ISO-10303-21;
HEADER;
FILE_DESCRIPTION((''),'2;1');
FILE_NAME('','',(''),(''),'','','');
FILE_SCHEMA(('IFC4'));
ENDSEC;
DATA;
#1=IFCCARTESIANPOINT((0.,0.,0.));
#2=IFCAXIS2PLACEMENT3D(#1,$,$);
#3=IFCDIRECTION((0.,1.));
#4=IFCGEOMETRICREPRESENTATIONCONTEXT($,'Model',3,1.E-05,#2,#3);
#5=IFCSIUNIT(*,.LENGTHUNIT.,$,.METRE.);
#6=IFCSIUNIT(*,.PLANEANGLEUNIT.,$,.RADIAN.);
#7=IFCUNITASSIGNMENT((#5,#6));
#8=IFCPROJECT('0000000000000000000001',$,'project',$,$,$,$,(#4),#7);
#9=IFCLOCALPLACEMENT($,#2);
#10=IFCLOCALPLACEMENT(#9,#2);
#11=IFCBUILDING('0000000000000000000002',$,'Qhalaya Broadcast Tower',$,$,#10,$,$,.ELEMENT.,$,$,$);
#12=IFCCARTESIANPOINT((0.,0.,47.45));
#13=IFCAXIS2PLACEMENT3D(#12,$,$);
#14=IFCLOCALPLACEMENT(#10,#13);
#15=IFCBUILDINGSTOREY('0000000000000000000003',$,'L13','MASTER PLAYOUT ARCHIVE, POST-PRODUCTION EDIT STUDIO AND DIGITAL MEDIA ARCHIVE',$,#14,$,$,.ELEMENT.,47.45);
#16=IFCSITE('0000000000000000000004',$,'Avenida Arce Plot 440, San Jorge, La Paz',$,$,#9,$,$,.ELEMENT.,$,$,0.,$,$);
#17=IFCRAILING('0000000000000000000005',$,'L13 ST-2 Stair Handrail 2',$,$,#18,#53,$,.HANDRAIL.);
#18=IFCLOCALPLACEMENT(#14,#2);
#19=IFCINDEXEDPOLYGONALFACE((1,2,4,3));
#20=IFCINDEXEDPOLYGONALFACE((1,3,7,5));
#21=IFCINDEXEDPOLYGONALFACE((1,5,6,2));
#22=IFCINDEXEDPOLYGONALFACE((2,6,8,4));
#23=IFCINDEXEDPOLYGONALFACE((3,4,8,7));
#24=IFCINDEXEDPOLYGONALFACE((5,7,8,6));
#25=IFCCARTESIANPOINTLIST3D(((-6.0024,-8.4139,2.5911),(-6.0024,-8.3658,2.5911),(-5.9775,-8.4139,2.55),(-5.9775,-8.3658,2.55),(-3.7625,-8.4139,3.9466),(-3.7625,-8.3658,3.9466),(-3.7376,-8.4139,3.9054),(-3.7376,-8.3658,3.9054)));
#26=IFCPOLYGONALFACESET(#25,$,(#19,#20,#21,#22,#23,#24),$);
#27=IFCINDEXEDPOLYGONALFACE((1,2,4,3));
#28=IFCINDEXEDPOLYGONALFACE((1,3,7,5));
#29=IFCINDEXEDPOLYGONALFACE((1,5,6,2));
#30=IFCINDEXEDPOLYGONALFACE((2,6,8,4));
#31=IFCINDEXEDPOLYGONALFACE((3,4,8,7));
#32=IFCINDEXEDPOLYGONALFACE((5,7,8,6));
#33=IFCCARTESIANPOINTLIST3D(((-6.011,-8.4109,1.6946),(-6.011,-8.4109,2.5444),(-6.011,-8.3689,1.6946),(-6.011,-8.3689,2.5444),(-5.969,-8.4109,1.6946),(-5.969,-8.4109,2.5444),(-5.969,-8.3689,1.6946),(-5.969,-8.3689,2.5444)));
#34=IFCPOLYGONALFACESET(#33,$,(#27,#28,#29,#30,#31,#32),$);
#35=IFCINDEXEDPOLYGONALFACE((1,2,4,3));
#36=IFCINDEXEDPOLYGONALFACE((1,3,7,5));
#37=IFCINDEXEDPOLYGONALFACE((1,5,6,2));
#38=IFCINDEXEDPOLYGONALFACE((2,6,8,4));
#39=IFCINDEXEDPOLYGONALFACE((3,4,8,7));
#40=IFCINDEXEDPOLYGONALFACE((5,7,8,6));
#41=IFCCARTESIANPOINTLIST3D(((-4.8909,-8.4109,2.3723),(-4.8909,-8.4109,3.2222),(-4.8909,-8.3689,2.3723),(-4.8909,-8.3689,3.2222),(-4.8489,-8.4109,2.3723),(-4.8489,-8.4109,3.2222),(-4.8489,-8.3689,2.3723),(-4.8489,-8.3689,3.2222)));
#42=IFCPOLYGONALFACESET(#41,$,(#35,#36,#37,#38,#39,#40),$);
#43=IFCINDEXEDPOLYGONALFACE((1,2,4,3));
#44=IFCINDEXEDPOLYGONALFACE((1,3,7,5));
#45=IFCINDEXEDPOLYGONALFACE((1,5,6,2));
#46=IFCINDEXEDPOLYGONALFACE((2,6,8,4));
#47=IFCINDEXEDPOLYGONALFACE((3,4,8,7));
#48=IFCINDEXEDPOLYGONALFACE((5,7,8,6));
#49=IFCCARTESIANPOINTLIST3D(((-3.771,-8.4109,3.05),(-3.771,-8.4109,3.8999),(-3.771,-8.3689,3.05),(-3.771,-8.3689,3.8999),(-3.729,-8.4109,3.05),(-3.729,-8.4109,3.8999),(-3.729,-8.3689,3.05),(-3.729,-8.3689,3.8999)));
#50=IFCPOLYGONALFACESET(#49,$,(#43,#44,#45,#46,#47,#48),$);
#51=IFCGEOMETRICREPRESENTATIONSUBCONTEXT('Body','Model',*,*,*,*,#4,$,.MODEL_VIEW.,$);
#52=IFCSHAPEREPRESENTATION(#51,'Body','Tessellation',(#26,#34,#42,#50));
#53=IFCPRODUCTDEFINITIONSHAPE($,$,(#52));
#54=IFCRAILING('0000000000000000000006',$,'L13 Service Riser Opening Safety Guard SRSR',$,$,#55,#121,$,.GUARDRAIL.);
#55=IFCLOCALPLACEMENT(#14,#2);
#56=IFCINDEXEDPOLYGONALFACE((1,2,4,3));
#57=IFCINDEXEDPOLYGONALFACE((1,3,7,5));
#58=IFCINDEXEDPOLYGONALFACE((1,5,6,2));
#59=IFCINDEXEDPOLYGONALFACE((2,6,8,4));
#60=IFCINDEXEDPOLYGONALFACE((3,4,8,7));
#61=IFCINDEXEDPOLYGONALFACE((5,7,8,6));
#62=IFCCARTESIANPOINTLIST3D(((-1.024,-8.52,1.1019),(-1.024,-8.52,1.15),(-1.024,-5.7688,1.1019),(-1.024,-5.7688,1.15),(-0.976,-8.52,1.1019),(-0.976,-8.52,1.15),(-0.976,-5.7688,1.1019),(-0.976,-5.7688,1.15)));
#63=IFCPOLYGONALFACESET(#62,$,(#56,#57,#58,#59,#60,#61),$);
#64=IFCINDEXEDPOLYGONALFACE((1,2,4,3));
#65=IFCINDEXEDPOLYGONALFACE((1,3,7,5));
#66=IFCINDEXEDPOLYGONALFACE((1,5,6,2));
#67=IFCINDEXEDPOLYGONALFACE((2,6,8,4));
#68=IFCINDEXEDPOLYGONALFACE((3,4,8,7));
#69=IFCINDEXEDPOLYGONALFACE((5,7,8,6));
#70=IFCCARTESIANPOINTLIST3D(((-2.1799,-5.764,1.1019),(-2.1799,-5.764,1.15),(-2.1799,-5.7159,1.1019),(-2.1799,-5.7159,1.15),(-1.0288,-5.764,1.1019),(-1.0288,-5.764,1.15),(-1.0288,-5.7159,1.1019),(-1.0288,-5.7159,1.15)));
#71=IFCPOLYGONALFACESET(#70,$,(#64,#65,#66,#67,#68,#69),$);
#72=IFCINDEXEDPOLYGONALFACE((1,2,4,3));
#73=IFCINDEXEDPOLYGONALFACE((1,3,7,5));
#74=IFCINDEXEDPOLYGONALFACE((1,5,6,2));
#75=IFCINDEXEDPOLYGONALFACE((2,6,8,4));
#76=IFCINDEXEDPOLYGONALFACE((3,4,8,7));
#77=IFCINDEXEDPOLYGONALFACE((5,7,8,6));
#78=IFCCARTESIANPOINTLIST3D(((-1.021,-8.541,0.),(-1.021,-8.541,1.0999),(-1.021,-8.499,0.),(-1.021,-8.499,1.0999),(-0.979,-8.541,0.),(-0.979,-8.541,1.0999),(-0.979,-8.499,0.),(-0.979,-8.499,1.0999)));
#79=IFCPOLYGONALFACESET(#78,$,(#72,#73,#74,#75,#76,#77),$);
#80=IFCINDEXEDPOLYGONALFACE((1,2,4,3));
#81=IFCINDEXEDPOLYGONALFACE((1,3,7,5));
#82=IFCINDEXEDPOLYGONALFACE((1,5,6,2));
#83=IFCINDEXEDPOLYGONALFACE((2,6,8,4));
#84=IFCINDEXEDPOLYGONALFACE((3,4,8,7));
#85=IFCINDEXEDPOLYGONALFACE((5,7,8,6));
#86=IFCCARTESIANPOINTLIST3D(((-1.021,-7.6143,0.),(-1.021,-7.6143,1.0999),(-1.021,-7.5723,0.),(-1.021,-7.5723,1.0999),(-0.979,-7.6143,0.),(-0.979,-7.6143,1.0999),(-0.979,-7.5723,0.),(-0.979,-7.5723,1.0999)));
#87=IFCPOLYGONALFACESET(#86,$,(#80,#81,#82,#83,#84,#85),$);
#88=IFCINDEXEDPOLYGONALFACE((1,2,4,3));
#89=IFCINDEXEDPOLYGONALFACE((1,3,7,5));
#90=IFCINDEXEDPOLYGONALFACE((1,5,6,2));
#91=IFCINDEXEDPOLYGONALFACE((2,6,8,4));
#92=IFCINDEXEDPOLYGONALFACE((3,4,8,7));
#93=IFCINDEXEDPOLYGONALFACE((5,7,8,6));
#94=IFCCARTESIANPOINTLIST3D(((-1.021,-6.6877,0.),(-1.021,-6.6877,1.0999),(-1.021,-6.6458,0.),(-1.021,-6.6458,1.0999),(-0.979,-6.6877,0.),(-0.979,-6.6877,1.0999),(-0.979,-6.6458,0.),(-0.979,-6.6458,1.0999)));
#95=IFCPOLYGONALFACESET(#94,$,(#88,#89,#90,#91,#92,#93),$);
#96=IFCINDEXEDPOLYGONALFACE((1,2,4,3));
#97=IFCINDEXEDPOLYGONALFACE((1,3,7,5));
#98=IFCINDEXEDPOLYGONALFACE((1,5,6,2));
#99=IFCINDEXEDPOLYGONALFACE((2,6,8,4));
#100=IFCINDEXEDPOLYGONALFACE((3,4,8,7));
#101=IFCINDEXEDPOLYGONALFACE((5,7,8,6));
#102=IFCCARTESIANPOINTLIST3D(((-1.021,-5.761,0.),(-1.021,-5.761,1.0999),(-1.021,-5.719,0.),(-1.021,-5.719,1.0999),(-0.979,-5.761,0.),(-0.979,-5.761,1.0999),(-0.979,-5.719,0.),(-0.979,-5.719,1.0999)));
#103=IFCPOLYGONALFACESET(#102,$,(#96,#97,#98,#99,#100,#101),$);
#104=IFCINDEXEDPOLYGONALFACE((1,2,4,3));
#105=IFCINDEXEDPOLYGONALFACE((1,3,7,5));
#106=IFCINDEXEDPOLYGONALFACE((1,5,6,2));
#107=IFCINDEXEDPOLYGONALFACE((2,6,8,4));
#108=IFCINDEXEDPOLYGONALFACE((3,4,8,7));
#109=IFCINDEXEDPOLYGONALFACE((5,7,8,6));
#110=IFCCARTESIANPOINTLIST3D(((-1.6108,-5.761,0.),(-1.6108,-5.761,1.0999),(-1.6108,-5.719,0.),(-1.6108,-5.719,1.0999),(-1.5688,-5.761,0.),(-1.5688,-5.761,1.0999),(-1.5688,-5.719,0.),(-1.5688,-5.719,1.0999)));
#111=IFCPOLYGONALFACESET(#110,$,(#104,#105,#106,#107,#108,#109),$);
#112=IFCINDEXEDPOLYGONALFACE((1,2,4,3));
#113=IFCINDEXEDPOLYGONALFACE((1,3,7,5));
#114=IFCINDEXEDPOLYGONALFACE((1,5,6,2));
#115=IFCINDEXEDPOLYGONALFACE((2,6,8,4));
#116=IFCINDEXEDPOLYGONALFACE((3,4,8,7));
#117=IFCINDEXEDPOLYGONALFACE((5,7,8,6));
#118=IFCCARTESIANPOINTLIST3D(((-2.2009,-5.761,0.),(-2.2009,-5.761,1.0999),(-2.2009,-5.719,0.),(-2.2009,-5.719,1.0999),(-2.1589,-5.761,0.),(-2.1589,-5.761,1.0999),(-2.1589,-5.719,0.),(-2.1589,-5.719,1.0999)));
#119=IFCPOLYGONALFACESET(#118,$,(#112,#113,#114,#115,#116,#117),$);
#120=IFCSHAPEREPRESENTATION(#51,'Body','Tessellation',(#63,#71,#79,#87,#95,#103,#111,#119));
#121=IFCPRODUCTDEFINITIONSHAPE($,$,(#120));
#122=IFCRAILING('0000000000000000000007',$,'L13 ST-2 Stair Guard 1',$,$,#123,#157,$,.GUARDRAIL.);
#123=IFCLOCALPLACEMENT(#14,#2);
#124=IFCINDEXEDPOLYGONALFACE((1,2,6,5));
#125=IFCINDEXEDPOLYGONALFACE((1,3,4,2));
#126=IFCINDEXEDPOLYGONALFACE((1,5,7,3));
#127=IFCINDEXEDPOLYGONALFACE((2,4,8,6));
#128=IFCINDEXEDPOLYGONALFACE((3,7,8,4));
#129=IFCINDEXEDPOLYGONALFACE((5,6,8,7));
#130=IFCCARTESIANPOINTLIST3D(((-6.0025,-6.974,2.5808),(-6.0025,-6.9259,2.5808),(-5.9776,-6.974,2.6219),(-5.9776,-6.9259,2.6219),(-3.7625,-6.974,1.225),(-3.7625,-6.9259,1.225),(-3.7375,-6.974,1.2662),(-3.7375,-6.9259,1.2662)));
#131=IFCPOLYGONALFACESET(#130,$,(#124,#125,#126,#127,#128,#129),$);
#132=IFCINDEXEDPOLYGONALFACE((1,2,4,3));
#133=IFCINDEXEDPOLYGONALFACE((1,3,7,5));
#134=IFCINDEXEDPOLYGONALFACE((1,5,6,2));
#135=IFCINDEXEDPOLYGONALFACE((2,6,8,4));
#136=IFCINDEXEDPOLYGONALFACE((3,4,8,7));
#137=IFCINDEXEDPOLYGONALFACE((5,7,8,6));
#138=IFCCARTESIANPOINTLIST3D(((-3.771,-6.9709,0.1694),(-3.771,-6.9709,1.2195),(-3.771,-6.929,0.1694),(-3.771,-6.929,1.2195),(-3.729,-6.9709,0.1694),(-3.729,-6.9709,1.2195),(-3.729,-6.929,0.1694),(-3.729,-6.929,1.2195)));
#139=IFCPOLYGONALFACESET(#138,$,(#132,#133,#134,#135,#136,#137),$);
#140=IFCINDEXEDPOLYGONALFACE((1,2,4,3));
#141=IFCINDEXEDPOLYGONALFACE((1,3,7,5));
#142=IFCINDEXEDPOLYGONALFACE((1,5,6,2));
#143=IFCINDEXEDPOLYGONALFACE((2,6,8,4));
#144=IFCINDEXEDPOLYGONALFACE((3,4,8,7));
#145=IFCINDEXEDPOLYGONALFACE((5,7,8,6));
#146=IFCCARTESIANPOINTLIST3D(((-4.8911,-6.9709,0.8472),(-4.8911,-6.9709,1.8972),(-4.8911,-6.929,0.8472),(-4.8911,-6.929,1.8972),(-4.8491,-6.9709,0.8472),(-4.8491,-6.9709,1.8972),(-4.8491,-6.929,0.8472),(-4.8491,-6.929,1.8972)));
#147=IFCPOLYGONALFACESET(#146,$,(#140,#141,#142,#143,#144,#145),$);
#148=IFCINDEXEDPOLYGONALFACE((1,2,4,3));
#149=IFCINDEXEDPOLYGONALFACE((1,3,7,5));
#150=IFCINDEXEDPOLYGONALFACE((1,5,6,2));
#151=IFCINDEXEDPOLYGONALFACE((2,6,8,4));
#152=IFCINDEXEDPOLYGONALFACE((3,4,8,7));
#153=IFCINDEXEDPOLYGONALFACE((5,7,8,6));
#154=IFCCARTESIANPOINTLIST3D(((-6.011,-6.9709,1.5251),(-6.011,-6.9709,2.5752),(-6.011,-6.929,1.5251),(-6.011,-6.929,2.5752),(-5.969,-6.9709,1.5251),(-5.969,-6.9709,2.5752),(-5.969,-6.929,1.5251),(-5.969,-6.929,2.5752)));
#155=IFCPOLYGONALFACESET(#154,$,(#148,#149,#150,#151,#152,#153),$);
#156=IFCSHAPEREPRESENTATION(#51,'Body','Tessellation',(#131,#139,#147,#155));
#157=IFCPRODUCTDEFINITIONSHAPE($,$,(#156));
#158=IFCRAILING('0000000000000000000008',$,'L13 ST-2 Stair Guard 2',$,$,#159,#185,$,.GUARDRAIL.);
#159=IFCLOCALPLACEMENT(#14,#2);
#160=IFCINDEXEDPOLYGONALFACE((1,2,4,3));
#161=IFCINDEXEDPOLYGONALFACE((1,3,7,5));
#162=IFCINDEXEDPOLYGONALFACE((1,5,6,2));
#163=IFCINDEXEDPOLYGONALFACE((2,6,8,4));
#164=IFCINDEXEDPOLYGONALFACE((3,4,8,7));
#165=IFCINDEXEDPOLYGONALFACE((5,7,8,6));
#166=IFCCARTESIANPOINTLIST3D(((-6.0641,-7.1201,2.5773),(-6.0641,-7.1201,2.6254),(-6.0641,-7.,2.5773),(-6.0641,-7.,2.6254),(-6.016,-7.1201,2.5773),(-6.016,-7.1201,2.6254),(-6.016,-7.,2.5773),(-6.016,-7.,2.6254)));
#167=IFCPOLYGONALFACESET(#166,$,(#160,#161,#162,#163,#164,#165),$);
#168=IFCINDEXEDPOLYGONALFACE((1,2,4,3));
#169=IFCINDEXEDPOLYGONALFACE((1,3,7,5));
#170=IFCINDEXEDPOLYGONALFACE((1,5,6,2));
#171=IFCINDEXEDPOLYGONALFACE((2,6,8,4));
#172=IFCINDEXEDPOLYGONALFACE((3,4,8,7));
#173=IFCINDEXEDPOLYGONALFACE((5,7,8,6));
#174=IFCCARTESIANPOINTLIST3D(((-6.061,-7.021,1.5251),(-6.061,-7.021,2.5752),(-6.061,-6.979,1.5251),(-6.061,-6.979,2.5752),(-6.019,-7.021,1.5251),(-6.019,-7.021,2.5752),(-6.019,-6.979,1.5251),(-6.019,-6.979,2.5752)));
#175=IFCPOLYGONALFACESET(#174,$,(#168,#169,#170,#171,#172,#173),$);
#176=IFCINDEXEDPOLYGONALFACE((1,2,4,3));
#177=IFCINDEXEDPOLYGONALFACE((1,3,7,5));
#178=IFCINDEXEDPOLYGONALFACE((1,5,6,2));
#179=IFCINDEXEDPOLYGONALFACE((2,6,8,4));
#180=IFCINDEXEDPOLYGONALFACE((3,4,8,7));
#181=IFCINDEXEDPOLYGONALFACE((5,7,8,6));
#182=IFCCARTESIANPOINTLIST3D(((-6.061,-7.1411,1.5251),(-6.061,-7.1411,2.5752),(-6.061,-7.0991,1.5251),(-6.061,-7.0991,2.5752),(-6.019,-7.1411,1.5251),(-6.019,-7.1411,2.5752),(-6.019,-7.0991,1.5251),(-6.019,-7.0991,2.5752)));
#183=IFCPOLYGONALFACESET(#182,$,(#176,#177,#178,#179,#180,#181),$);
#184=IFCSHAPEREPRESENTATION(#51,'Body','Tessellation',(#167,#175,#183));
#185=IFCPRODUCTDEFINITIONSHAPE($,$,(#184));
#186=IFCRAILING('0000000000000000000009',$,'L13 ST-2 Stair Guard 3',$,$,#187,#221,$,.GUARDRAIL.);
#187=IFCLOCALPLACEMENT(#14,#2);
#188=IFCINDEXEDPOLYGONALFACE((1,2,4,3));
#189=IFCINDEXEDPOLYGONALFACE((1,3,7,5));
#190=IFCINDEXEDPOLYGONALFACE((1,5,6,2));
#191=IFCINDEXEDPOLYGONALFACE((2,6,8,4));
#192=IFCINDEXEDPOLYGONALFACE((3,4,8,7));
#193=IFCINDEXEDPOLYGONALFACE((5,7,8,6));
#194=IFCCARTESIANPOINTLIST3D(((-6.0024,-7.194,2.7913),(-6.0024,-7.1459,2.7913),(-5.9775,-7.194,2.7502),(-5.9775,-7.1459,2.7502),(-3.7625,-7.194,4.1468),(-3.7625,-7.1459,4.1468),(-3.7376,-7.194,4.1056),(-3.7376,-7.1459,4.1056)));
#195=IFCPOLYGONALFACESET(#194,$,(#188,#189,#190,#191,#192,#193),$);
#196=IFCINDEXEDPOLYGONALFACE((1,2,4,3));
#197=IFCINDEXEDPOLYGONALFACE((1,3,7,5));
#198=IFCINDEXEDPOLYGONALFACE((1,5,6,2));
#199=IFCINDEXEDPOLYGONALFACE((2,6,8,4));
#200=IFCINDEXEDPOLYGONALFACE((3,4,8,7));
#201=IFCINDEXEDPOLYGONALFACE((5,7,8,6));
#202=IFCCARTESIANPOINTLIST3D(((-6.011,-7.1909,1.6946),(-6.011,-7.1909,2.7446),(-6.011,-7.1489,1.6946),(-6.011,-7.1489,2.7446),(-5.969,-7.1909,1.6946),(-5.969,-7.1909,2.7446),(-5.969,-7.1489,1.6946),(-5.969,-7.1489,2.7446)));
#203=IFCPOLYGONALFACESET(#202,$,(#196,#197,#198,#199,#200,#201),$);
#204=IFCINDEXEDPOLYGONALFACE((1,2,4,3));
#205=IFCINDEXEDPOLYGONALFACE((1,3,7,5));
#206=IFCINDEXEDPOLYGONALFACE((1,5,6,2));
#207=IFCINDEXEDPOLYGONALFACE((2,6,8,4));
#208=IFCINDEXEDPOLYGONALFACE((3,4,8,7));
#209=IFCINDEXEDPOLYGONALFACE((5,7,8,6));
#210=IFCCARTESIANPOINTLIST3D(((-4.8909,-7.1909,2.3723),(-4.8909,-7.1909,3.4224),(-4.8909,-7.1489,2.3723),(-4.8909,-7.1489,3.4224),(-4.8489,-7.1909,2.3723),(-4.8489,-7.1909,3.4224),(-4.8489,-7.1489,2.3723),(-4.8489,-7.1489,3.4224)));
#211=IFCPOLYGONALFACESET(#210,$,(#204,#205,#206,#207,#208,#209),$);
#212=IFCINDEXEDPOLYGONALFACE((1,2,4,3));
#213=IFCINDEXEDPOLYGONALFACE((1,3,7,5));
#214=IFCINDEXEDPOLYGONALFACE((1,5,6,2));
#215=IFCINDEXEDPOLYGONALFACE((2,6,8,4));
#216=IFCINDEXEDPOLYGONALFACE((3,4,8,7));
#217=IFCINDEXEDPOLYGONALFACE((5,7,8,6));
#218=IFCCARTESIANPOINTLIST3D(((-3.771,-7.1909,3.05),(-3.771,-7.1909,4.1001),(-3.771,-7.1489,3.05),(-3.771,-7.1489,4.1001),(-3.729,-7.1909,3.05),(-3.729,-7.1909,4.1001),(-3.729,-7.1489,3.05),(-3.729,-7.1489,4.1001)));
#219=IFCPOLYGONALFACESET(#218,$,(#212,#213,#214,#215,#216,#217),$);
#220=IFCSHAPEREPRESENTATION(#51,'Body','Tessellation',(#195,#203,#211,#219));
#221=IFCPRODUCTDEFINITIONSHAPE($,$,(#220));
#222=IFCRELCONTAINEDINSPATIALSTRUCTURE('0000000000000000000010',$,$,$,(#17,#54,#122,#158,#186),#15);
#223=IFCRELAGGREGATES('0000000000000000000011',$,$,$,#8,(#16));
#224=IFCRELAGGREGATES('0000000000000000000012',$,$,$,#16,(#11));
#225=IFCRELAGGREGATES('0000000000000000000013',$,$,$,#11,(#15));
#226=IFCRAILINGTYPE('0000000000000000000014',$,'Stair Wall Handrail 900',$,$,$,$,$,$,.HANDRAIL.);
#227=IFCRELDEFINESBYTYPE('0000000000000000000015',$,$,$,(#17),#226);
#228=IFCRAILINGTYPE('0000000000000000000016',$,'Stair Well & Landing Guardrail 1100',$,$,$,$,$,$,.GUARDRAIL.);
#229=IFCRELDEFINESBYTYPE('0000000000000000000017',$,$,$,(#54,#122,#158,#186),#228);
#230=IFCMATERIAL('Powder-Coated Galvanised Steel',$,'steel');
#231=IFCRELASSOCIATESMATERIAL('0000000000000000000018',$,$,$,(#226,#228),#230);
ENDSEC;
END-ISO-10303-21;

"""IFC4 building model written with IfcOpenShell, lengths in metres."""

from ifc_helpers import new_model, si_unit, direction, frame, origin, origin_2d, place, context, subcontext, project, spatial, rectangle, extrude, material, type_object, element, save


model = new_model("IFC4")

# Units and contexts
model_context = context("Model", 3, precision=1e-05, world=origin(), true_north=direction((0.0, 1.0)))
body_context = subcontext(model_context, "Body", "Model", "MODEL_VIEW")
ifc_project = project(units=[si_unit("LENGTHUNIT", "METRE"), si_unit("PLANEANGLEUNIT", "RADIAN")], contexts=[model_context])

# Site, building, storey
site_placement = place(None, origin())
site = spatial("IfcSite", under=ifc_project, at=site_placement, Name="Avenida Arce Plot 440, San Jorge, La Paz", CompositionType="ELEMENT", RefElevation=0.0)
building_placement = place(site_placement, origin())
building = spatial("IfcBuilding", under=site, at=building_placement, Name="Qhalaya Broadcast Tower", CompositionType="ELEMENT")
storey_placement = place(building_placement, frame((0.0, 0.0, 47.45)))
storey = spatial("IfcBuildingStorey", under=building, at=storey_placement, Name="L13", Description="MASTER PLAYOUT ARCHIVE, POST-PRODUCTION EDIT STUDIO AND DIGITAL MEDIA ARCHIVE", CompositionType="ELEMENT", Elevation=47.45)

# Railings
ifc_material_1 = material(Name="Powder-Coated Galvanised Steel", Category="steel")
railing_type_1 = type_object("IfcRailingType", Name="Stair Wall Handrail 900", PredefinedType="HANDRAIL", material=ifc_material_1)
railing_1_placement = place(storey_placement, frame((-5.99, -8.3899, 1.6946)))
element("IfcRailing", 1, at=railing_1_placement, inside=storey, type_object=railing_type_1, Name="L13 ST-2 Stair Handrail 2", PredefinedType="HANDRAIL", context=body_context, shape_type="SweptSolid", body=[
    extrude(rectangle(XDim=0.0481, YDim=0.0481, at=origin_2d()), frame((0.0, 0.0, 0.876), z_axis=(0.855553, 0.0, 0.517715), x_axis=(0.0, 1.0, 0.0)), (0.0, 0.0, 1.0), 2.6182),
    extrude(rectangle(XDim=0.042, YDim=0.042, at=origin_2d()), origin(), (0.0, 0.0, 1.0), 0.8499),
    extrude(rectangle(XDim=0.042, YDim=0.042, at=origin_2d()), frame((1.1201, 0.0, 0.6777)), (0.0, 0.0, 1.0), 0.8499),
    extrude(rectangle(XDim=0.042, YDim=0.042, at=origin_2d()), frame((2.24, 0.0, 1.3555)), (0.0, 0.0, 1.0), 0.8499),
])
railing_type_2 = type_object("IfcRailingType", Name="Stair Well & Landing Guardrail 1100", PredefinedType="GUARDRAIL", material=ifc_material_1)
railing_2_placement = place(storey_placement, frame((-1.0, -8.52, 0.0)))
element("IfcRailing", 2, at=railing_2_placement, inside=storey, type_object=railing_type_2, Name="L13 Service Riser Opening Safety Guard SRSR", PredefinedType="GUARDRAIL", context=body_context, shape_type="SweptSolid", body=[
    extrude(rectangle(XDim=0.0481, YDim=0.0481, at=origin_2d()), frame((0.0, 0.0, 1.126), z_axis=(0.0, 1.0, 0.0), x_axis=(-1.0, 0.0, 0.0)), (0.0, 0.0, 1.0), 2.7512),
    extrude(rectangle(XDim=0.0481, YDim=0.0481, at=origin_2d()), frame((-0.0288, 2.78, 1.126), z_axis=(-1.0, 0.0, 0.0), x_axis=(0.0, -1.0, 0.0)), (0.0, 0.0, 1.0), 1.1511),
    extrude(rectangle(XDim=0.042, YDim=0.042, at=origin_2d()), origin(), (0.0, 0.0, 1.0), 1.0999),
    extrude(rectangle(XDim=0.042, YDim=0.042, at=origin_2d()), frame((0.0, 0.9268, 0.0)), (0.0, 0.0, 1.0), 1.0999),
    extrude(rectangle(XDim=0.042, YDim=0.042, at=origin_2d()), frame((0.0, 1.8533, 0.0)), (0.0, 0.0, 1.0), 1.0999),
    extrude(rectangle(XDim=0.042, YDim=0.042, at=origin_2d()), frame((0.0, 2.78, 0.0)), (0.0, 0.0, 1.0), 1.0999),
    extrude(rectangle(XDim=0.042, YDim=0.042, at=origin_2d()), frame((-0.5898, 2.78, 0.0)), (0.0, 0.0, 1.0), 1.0999),
    extrude(rectangle(XDim=0.042, YDim=0.042, at=origin_2d()), frame((-1.1799, 2.78, 0.0)), (0.0, 0.0, 1.0), 1.0999),
])
railing_3_placement = place(storey_placement, frame((-3.75, -6.95, 0.1694)))
element("IfcRailing", 3, at=railing_3_placement, inside=storey, type_object=railing_type_2, Name="L13 ST-2 Stair Guard 1", PredefinedType="GUARDRAIL", context=body_context, shape_type="SweptSolid", body=[
    extrude(rectangle(XDim=0.0481, YDim=0.0481, at=origin_2d()), frame((0.0, 0.0, 1.0762), z_axis=(-0.855512, 0.0, 0.517783), x_axis=(0.0, -1.0, 0.0)), (0.0, 0.0, 1.0), 2.6184),
    extrude(rectangle(XDim=0.042, YDim=0.042, at=origin_2d()), origin(), (0.0, 0.0, 1.0), 1.05),
    extrude(rectangle(XDim=0.042, YDim=0.042, at=origin_2d()), frame((-1.1201, 0.0, 0.6777)), (0.0, 0.0, 1.0), 1.05),
    extrude(rectangle(XDim=0.042, YDim=0.042, at=origin_2d()), frame((-2.24, 0.0, 1.3557)), (0.0, 0.0, 1.0), 1.05),
])
railing_4_placement = place(storey_placement, frame((-6.04, -7.0, 1.5251)))
element("IfcRailing", 4, at=railing_4_placement, inside=storey, type_object=railing_type_2, Name="L13 ST-2 Stair Guard 2", PredefinedType="GUARDRAIL", context=body_context, shape_type="SweptSolid", body=[
    extrude(rectangle(XDim=0.0481, YDim=0.0481, at=origin_2d()), frame((0.0, 0.0, 1.0762), z_axis=(0.0, -1.0, 0.0), x_axis=(1.0, 0.0, 0.0)), (0.0, 0.0, 1.0), 0.1201),
    extrude(rectangle(XDim=0.042, YDim=0.042, at=origin_2d()), origin(), (0.0, 0.0, 1.0), 1.05),
    extrude(rectangle(XDim=0.042, YDim=0.042, at=origin_2d()), frame((0.0, -0.1201, 0.0)), (0.0, 0.0, 1.0), 1.05),
])
railing_5_placement = place(storey_placement, frame((-5.99, -7.1699, 1.6946)))
element("IfcRailing", 5, at=railing_5_placement, inside=storey, type_object=railing_type_2, Name="L13 ST-2 Stair Guard 3", PredefinedType="GUARDRAIL", context=body_context, shape_type="SweptSolid", body=[
    extrude(rectangle(XDim=0.0481, YDim=0.0481, at=origin_2d()), frame((0.0, 0.0, 1.0762), z_axis=(0.855553, 0.0, 0.517715), x_axis=(0.0, 1.0, 0.0)), (0.0, 0.0, 1.0), 2.6182),
    extrude(rectangle(XDim=0.042, YDim=0.042, at=origin_2d()), origin(), (0.0, 0.0, 1.0), 1.05),
    extrude(rectangle(XDim=0.042, YDim=0.042, at=origin_2d()), frame((1.1201, 0.0, 0.6777)), (0.0, 0.0, 1.0), 1.05),
    extrude(rectangle(XDim=0.042, YDim=0.042, at=origin_2d()), frame((2.24, 0.0, 1.3555)), (0.0, 0.0, 1.0), 1.05),
])

save(model, "model.ifc")
